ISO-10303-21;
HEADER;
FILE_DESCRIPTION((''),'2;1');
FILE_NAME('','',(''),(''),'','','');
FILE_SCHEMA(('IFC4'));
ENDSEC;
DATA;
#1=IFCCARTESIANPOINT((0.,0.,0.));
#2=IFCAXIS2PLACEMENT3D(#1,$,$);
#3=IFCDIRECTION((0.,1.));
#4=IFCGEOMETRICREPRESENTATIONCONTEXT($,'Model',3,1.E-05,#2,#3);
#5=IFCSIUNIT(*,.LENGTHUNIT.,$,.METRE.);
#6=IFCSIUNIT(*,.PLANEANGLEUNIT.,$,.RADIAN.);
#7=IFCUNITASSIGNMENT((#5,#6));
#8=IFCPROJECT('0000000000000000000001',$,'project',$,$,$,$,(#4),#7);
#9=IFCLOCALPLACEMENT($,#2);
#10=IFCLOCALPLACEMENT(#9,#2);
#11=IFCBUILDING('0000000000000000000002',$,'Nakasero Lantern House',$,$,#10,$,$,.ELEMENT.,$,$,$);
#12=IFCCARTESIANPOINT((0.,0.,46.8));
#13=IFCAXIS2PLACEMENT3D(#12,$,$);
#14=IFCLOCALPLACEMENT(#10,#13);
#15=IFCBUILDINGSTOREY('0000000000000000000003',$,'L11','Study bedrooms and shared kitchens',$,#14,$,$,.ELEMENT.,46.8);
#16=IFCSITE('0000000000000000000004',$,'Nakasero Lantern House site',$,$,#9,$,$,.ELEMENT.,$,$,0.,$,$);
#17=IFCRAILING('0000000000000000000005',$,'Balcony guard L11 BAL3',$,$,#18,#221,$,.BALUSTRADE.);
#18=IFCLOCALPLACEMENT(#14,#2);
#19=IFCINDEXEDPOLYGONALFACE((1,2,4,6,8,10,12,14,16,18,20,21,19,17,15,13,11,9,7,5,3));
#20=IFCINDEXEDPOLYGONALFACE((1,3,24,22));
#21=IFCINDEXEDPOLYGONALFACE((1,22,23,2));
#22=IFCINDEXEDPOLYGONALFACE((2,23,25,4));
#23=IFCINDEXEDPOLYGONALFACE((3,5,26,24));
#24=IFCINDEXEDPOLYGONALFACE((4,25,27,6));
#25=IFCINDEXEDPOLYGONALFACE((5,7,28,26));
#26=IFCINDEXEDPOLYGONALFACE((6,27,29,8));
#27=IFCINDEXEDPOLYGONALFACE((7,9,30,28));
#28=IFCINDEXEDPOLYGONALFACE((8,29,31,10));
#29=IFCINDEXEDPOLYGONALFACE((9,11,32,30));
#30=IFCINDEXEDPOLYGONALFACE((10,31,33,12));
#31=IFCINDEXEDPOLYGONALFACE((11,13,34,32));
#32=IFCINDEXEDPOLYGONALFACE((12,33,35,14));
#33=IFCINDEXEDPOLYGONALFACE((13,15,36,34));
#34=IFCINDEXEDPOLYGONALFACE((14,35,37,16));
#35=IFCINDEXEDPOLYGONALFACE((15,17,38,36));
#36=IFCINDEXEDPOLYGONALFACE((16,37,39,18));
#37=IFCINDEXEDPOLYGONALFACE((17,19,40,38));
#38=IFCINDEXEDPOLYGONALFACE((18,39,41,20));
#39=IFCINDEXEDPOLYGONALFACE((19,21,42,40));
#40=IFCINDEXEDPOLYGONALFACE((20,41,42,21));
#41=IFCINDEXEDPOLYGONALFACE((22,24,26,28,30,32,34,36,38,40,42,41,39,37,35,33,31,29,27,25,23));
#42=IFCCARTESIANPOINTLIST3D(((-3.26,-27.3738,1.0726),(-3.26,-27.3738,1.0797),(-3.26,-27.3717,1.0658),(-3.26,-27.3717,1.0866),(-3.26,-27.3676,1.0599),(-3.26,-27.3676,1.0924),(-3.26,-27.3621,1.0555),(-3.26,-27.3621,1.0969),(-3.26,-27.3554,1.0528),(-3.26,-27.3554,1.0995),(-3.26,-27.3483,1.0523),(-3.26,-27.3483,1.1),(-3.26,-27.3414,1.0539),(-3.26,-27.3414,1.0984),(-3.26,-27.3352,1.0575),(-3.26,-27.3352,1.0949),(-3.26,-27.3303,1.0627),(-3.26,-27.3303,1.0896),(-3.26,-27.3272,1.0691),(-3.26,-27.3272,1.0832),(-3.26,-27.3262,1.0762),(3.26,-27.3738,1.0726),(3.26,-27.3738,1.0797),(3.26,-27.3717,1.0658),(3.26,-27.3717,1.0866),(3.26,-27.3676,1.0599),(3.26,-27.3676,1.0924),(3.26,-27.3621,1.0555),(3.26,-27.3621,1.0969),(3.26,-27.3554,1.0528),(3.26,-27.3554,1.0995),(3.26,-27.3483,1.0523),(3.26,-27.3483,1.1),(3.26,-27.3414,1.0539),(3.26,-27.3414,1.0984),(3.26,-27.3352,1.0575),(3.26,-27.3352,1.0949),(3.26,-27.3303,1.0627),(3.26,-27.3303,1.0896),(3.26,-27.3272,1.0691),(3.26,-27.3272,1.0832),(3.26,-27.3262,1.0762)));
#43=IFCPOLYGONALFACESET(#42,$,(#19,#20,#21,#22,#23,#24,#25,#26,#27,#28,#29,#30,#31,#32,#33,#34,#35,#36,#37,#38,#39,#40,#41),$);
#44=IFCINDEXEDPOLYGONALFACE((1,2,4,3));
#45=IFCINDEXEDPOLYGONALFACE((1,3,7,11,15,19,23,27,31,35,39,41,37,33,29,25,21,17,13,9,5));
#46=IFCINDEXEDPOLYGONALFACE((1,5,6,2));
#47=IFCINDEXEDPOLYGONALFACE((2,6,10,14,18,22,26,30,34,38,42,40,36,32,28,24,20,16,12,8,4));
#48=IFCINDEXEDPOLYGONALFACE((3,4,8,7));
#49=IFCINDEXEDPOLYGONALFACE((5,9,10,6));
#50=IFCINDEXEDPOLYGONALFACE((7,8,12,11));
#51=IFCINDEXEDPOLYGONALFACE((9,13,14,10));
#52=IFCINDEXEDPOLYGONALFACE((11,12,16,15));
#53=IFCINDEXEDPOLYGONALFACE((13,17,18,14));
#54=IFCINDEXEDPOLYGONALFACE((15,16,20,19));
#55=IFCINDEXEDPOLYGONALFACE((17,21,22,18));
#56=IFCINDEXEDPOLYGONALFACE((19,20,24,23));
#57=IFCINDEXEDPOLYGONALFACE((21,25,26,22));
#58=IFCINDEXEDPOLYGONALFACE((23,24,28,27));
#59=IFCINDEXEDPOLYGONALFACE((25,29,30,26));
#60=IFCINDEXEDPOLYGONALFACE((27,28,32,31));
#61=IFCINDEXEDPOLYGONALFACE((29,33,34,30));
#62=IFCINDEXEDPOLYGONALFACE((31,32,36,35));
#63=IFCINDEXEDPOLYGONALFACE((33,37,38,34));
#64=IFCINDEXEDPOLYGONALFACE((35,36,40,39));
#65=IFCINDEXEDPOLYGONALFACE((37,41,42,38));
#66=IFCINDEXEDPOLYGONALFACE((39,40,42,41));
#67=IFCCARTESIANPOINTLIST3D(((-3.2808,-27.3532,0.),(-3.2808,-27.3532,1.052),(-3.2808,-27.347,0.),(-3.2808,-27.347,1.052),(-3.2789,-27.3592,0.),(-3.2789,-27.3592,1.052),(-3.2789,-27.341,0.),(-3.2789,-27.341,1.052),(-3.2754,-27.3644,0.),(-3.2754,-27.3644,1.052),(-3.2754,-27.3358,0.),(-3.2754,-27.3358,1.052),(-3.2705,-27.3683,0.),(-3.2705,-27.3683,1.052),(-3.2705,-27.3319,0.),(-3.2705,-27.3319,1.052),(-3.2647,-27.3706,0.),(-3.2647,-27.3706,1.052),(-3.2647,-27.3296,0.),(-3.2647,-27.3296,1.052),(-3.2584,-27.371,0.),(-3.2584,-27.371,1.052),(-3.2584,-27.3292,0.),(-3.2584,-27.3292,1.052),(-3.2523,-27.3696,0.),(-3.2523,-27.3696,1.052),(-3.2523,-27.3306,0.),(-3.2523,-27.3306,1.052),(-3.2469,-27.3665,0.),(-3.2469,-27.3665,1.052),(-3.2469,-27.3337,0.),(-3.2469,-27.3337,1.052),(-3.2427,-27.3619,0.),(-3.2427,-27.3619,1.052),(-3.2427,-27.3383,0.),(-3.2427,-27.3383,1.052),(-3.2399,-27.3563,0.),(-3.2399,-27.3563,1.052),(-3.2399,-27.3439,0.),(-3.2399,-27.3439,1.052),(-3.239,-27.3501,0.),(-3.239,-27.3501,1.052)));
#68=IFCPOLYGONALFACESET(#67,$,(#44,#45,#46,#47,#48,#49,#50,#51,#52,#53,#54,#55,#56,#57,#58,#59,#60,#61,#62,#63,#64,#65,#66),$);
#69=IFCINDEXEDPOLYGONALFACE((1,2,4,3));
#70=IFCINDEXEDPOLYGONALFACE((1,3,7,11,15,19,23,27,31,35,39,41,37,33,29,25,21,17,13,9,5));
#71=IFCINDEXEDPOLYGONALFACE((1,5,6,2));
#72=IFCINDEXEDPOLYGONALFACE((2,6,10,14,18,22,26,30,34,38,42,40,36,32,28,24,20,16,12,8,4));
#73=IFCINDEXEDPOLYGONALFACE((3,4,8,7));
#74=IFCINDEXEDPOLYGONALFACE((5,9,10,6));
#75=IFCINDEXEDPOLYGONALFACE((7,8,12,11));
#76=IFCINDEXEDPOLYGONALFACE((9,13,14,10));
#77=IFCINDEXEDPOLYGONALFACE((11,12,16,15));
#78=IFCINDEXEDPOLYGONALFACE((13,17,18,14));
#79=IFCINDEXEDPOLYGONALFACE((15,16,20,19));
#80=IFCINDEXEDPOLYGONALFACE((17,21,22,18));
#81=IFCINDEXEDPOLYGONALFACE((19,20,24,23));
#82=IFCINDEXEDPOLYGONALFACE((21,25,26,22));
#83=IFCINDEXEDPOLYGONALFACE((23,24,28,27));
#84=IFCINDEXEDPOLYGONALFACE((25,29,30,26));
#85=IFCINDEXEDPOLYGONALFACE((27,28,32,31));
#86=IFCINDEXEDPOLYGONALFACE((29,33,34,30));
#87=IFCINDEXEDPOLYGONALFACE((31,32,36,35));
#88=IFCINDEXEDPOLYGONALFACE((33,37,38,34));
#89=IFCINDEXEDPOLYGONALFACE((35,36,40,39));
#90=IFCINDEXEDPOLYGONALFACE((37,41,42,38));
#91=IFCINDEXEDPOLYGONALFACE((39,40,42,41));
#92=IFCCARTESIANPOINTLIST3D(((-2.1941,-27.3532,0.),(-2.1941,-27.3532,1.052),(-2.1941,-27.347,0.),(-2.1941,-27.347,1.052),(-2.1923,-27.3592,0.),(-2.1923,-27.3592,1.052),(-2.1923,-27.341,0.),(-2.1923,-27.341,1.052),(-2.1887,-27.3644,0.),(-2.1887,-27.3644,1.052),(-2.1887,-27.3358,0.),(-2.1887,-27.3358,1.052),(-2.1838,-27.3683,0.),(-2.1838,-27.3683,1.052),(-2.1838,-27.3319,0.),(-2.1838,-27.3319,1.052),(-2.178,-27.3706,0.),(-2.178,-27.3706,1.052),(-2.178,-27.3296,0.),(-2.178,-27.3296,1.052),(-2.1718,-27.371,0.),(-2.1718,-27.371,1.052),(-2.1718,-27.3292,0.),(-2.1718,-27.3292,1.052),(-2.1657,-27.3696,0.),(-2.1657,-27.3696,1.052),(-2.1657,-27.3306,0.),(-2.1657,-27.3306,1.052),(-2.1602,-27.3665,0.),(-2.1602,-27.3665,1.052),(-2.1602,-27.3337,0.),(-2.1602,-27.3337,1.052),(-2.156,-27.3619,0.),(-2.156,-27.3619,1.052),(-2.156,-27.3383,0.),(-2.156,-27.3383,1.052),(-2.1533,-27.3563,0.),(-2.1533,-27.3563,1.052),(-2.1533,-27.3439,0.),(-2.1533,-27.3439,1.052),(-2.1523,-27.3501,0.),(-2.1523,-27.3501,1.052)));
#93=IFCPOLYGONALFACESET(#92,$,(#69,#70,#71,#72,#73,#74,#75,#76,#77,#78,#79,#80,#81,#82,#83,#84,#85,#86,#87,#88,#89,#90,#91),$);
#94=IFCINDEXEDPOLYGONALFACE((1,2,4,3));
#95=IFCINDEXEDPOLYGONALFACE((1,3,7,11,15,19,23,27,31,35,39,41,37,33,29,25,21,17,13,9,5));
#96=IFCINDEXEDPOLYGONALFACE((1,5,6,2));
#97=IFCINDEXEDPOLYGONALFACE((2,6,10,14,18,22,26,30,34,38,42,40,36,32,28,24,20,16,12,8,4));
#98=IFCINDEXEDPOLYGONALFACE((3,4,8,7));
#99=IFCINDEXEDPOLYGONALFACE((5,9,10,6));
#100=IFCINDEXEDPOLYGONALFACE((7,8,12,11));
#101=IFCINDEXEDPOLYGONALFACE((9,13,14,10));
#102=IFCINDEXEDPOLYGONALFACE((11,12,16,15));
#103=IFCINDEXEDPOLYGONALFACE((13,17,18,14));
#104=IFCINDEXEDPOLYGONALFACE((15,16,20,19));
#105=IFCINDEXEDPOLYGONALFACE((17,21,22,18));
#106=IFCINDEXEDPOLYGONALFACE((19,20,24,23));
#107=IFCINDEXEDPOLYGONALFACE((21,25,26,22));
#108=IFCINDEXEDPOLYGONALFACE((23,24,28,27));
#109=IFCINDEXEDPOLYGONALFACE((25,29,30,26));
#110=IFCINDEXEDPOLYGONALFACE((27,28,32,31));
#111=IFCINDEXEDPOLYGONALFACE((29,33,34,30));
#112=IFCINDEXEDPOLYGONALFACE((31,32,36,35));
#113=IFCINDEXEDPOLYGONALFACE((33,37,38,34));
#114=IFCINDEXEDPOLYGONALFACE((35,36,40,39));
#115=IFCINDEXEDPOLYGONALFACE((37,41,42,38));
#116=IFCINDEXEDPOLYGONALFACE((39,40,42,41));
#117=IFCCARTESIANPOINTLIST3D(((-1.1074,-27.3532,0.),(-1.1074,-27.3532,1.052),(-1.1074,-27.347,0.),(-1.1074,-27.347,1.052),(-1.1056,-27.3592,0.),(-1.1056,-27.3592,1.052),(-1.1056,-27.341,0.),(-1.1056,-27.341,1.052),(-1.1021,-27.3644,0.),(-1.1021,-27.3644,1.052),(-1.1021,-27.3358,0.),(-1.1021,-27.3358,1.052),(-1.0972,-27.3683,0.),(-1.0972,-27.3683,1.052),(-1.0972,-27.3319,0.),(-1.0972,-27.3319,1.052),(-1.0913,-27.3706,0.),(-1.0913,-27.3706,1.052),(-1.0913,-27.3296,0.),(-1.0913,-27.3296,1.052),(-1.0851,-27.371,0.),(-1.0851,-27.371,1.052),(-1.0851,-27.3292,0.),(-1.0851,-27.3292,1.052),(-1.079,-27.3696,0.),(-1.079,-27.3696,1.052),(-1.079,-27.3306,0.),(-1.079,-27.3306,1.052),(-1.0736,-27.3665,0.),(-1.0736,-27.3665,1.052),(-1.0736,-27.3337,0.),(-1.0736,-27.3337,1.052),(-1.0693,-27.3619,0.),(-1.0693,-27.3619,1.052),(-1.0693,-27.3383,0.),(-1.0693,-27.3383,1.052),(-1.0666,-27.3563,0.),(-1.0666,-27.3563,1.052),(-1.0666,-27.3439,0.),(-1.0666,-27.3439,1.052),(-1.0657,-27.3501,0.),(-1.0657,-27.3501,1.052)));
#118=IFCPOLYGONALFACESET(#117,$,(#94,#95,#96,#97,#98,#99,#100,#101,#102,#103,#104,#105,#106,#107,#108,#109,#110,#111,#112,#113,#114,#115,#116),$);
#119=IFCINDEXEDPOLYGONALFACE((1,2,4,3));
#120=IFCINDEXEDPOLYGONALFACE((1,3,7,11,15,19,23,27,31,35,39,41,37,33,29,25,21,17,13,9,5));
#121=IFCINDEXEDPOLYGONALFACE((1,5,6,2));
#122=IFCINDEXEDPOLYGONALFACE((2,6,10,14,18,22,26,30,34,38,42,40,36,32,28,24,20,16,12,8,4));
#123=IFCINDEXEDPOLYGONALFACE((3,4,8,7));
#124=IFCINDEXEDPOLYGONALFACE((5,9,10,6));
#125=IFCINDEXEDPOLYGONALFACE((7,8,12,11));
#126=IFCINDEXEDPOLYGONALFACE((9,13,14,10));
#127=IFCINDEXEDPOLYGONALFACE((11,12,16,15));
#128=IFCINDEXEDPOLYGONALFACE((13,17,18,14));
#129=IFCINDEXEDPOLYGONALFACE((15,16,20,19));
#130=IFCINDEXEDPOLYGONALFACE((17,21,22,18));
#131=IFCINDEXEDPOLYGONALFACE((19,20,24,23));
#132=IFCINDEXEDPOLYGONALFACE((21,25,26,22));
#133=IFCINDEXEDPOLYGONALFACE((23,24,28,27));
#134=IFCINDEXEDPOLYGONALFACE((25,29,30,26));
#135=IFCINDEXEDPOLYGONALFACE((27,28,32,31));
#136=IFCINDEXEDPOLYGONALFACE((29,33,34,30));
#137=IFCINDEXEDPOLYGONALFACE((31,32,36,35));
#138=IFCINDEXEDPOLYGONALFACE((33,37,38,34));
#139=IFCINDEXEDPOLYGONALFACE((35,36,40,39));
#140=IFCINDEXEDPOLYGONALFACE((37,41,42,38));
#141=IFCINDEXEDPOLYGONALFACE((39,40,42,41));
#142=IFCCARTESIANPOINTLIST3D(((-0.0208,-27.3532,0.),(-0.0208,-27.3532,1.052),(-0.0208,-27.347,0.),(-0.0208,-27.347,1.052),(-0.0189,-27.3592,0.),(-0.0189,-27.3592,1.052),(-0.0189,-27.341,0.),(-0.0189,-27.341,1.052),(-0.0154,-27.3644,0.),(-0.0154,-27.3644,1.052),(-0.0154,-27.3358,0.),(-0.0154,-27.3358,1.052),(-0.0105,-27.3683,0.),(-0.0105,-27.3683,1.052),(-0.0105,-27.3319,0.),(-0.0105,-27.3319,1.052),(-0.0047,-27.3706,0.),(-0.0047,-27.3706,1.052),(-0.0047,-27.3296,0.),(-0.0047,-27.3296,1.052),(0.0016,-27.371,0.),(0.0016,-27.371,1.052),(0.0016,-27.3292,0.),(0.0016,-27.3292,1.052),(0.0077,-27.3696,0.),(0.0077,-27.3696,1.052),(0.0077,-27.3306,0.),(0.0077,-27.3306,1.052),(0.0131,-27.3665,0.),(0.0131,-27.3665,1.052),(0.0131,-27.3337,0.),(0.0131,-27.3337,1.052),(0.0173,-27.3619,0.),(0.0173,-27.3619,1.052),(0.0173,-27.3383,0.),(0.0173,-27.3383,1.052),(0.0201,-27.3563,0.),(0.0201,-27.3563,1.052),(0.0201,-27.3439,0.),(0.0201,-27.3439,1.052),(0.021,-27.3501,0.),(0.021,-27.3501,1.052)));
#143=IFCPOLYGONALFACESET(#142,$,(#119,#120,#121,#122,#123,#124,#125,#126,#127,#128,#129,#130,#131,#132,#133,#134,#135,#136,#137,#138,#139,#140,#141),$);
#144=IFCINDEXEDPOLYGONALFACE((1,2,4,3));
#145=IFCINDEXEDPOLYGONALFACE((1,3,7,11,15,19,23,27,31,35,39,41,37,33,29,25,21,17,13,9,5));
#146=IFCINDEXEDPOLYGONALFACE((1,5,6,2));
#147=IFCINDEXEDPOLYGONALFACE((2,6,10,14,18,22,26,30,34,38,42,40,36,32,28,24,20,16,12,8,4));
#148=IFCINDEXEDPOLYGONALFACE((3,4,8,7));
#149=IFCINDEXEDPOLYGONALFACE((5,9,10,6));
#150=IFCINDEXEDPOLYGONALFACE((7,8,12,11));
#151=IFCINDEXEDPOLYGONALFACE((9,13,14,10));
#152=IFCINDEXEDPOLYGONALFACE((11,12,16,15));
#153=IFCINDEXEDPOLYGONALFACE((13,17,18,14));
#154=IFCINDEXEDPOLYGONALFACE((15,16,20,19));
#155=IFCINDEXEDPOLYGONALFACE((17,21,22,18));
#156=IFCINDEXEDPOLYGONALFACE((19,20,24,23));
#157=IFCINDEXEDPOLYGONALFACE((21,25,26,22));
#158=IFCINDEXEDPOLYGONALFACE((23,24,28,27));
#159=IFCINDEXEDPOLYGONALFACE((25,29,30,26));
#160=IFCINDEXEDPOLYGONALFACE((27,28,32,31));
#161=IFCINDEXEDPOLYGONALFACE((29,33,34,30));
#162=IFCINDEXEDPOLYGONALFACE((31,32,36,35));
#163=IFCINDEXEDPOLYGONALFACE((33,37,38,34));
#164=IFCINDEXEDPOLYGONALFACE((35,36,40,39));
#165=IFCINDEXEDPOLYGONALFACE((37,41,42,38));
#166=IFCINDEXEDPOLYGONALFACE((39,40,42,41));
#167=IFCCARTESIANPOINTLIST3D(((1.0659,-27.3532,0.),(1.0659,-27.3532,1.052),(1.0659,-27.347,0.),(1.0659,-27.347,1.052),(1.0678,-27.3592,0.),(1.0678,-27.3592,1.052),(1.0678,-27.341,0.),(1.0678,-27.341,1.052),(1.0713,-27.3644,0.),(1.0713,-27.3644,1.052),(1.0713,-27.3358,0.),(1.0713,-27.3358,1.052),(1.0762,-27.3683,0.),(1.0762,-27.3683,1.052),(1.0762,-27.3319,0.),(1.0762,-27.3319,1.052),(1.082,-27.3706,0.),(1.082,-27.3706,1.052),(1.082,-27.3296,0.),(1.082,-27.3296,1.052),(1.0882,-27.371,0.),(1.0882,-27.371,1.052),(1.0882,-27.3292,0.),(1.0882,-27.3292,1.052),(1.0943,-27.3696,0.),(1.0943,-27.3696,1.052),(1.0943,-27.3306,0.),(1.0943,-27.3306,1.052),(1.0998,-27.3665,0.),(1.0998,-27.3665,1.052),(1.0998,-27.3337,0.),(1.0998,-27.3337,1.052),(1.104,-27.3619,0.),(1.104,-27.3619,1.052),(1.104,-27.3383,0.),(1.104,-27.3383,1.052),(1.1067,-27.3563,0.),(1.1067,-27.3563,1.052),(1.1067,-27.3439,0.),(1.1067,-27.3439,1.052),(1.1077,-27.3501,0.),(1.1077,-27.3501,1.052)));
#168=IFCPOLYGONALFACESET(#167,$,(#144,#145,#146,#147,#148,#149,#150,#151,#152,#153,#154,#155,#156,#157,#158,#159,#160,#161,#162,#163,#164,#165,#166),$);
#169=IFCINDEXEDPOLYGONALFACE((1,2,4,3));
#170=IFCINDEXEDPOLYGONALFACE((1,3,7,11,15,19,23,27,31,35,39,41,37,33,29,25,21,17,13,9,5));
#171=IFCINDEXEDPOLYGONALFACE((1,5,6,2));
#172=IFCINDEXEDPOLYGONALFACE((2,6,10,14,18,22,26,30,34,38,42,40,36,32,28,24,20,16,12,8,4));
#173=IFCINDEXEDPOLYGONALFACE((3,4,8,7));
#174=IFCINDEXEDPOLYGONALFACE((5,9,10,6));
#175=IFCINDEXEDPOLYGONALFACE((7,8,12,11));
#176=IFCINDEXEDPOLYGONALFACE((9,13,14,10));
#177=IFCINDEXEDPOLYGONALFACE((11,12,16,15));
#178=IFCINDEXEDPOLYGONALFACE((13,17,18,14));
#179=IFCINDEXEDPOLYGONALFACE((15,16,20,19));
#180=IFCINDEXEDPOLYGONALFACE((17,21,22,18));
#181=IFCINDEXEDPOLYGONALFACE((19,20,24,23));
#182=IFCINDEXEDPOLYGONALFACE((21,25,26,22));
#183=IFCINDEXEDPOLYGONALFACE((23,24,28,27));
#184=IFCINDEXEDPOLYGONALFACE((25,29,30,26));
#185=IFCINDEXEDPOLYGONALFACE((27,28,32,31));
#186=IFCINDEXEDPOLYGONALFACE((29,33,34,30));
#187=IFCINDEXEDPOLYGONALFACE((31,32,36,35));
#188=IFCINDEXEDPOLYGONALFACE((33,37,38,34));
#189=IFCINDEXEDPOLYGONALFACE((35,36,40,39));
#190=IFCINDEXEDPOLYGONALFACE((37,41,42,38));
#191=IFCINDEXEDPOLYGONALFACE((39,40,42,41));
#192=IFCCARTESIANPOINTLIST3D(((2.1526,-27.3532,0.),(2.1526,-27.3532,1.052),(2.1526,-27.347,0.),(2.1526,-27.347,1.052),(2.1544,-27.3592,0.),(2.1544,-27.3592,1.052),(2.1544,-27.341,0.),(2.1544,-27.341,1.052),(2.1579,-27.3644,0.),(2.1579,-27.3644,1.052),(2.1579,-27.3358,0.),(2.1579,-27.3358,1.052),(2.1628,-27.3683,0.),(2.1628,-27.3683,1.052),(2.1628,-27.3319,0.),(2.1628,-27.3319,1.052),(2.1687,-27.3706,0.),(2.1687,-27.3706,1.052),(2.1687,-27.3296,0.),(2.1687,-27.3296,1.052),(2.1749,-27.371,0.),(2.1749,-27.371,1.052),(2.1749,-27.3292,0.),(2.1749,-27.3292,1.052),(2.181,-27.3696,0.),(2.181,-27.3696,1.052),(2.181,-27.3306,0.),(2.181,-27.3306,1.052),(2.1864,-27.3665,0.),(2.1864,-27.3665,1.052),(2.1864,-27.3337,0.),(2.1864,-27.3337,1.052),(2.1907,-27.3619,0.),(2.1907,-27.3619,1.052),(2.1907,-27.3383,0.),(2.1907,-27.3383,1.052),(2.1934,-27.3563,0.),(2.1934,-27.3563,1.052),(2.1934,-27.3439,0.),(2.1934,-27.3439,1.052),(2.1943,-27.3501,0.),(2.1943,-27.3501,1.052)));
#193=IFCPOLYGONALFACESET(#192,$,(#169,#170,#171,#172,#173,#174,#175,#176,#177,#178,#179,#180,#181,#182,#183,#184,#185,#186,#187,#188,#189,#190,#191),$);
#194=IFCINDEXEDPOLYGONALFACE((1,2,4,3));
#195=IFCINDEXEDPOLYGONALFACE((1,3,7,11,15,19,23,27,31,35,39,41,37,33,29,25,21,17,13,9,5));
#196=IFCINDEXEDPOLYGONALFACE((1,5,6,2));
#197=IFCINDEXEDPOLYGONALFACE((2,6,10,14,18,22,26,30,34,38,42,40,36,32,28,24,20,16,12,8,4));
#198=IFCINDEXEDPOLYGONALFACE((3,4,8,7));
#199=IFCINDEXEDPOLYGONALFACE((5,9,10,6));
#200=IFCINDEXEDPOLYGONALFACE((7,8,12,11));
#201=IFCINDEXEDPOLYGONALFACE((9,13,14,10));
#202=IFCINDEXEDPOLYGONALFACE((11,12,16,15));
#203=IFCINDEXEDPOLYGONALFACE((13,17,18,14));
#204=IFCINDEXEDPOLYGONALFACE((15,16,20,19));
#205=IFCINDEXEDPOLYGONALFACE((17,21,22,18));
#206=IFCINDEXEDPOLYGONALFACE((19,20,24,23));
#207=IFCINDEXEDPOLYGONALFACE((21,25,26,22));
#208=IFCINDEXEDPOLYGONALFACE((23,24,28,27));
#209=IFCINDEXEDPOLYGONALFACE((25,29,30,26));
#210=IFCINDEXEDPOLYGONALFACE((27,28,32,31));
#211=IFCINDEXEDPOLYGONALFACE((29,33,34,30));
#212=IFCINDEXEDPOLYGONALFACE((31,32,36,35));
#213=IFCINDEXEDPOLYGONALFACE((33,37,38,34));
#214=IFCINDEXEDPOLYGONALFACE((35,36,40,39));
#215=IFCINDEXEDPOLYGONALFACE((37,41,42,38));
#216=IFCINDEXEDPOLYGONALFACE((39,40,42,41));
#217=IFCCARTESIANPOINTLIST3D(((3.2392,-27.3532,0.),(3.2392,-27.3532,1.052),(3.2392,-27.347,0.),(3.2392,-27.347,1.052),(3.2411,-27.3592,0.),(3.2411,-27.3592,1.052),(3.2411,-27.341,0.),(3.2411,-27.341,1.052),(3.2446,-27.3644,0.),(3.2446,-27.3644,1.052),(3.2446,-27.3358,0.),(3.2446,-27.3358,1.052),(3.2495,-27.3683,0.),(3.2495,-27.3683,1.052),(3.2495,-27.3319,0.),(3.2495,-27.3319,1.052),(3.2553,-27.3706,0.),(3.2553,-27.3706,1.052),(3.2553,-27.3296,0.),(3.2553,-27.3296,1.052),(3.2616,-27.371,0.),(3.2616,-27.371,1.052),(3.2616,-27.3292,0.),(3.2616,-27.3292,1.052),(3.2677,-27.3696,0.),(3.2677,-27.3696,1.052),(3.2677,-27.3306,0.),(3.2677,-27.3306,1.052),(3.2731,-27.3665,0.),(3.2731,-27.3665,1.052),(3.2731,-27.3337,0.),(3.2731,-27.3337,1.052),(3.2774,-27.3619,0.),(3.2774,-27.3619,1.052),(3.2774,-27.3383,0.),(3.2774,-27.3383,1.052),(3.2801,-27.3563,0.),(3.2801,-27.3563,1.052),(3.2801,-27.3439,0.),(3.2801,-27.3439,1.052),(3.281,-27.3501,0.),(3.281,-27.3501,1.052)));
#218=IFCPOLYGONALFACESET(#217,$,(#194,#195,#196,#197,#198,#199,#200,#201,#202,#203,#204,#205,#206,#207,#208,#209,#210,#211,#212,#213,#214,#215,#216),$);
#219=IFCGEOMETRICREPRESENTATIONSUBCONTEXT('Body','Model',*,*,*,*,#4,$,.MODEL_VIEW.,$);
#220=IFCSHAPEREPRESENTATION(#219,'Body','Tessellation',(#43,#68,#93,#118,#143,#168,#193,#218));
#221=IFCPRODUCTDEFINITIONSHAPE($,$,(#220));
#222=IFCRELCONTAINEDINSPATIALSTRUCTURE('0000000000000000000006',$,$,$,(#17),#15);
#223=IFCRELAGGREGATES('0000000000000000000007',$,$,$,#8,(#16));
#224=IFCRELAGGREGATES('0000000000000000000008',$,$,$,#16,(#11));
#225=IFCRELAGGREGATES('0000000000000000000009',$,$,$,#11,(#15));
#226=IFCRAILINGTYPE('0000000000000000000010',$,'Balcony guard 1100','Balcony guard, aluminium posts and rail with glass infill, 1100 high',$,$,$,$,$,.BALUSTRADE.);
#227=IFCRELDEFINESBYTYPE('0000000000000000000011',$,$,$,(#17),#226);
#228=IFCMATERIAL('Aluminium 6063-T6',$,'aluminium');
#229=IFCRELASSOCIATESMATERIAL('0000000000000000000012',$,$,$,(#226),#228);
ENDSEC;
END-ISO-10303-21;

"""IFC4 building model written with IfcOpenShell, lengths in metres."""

from ifc_helpers import new_model, si_unit, direction, frame, origin, origin_2d, place, context, subcontext, project, spatial, circle, extrude, material, type_object, element, save


model = new_model("IFC4")

# Units and contexts
model_context = context("Model", 3, precision=1e-05, world=origin(), true_north=direction((0.0, 1.0)))
body_context = subcontext(model_context, "Body", "Model", "MODEL_VIEW")
ifc_project = project(units=[si_unit("LENGTHUNIT", "METRE"), si_unit("PLANEANGLEUNIT", "RADIAN")], contexts=[model_context])

# Site, building, storey
site_placement = place(None, origin())
site = spatial("IfcSite", under=ifc_project, at=site_placement, Name="Nakasero Lantern House site", CompositionType="ELEMENT", RefElevation=0.0)
building_placement = place(site_placement, origin())
building = spatial("IfcBuilding", under=site, at=building_placement, Name="Nakasero Lantern House", CompositionType="ELEMENT")
storey_placement = place(building_placement, frame((0.0, 0.0, 46.8)))
storey = spatial("IfcBuildingStorey", under=building, at=storey_placement, Name="L11", Description="Study bedrooms and shared kitchens", CompositionType="ELEMENT", Elevation=46.8)

# Railing
ifc_material_1 = material(Name="Aluminium 6063-T6", Category="aluminium")
railing_type = type_object("IfcRailingType", Name="Balcony guard 1100", Description="Balcony guard, aluminium posts and rail with glass infill, 1100 high", PredefinedType="BALUSTRADE", material=ifc_material_1)
railing_placement = place(storey_placement, frame((-3.26, -27.3501, 0.0)))
element("IfcRailing", 1, at=railing_placement, inside=storey, type_object=railing_type, Name="Balcony guard L11 BAL3", PredefinedType="BALUSTRADE", context=body_context, shape_type="SweptSolid", body=[
    extrude(circle(Radius=0.0239, at=origin_2d()), frame((0.0, 0.0, 1.0762), z_axis=(1.0, 0.0, 0.0), x_axis=(0.0, 1.0, 0.0)), (0.0, 0.0, 1.0), 6.52),
    extrude(circle(Radius=0.021, at=origin_2d()), origin(), (0.0, 0.0, 1.0), 1.052),
    extrude(circle(Radius=0.021, at=origin_2d()), frame((1.0867, 0.0, 0.0)), (0.0, 0.0, 1.0), 1.052),
    extrude(circle(Radius=0.021, at=origin_2d()), frame((2.1733, 0.0, 0.0)), (0.0, 0.0, 1.0), 1.052),
    extrude(circle(Radius=0.021, at=origin_2d()), frame((3.26, 0.0, 0.0)), (0.0, 0.0, 1.0), 1.052),
    extrude(circle(Radius=0.021, at=origin_2d()), frame((4.3467, 0.0, 0.0)), (0.0, 0.0, 1.0), 1.052),
    extrude(circle(Radius=0.021, at=origin_2d()), frame((5.4333, 0.0, 0.0)), (0.0, 0.0, 1.0), 1.052),
    extrude(circle(Radius=0.021, at=origin_2d()), frame((6.52, 0.0, 0.0)), (0.0, 0.0, 1.0), 1.052),
])

save(model, "model.ifc")
